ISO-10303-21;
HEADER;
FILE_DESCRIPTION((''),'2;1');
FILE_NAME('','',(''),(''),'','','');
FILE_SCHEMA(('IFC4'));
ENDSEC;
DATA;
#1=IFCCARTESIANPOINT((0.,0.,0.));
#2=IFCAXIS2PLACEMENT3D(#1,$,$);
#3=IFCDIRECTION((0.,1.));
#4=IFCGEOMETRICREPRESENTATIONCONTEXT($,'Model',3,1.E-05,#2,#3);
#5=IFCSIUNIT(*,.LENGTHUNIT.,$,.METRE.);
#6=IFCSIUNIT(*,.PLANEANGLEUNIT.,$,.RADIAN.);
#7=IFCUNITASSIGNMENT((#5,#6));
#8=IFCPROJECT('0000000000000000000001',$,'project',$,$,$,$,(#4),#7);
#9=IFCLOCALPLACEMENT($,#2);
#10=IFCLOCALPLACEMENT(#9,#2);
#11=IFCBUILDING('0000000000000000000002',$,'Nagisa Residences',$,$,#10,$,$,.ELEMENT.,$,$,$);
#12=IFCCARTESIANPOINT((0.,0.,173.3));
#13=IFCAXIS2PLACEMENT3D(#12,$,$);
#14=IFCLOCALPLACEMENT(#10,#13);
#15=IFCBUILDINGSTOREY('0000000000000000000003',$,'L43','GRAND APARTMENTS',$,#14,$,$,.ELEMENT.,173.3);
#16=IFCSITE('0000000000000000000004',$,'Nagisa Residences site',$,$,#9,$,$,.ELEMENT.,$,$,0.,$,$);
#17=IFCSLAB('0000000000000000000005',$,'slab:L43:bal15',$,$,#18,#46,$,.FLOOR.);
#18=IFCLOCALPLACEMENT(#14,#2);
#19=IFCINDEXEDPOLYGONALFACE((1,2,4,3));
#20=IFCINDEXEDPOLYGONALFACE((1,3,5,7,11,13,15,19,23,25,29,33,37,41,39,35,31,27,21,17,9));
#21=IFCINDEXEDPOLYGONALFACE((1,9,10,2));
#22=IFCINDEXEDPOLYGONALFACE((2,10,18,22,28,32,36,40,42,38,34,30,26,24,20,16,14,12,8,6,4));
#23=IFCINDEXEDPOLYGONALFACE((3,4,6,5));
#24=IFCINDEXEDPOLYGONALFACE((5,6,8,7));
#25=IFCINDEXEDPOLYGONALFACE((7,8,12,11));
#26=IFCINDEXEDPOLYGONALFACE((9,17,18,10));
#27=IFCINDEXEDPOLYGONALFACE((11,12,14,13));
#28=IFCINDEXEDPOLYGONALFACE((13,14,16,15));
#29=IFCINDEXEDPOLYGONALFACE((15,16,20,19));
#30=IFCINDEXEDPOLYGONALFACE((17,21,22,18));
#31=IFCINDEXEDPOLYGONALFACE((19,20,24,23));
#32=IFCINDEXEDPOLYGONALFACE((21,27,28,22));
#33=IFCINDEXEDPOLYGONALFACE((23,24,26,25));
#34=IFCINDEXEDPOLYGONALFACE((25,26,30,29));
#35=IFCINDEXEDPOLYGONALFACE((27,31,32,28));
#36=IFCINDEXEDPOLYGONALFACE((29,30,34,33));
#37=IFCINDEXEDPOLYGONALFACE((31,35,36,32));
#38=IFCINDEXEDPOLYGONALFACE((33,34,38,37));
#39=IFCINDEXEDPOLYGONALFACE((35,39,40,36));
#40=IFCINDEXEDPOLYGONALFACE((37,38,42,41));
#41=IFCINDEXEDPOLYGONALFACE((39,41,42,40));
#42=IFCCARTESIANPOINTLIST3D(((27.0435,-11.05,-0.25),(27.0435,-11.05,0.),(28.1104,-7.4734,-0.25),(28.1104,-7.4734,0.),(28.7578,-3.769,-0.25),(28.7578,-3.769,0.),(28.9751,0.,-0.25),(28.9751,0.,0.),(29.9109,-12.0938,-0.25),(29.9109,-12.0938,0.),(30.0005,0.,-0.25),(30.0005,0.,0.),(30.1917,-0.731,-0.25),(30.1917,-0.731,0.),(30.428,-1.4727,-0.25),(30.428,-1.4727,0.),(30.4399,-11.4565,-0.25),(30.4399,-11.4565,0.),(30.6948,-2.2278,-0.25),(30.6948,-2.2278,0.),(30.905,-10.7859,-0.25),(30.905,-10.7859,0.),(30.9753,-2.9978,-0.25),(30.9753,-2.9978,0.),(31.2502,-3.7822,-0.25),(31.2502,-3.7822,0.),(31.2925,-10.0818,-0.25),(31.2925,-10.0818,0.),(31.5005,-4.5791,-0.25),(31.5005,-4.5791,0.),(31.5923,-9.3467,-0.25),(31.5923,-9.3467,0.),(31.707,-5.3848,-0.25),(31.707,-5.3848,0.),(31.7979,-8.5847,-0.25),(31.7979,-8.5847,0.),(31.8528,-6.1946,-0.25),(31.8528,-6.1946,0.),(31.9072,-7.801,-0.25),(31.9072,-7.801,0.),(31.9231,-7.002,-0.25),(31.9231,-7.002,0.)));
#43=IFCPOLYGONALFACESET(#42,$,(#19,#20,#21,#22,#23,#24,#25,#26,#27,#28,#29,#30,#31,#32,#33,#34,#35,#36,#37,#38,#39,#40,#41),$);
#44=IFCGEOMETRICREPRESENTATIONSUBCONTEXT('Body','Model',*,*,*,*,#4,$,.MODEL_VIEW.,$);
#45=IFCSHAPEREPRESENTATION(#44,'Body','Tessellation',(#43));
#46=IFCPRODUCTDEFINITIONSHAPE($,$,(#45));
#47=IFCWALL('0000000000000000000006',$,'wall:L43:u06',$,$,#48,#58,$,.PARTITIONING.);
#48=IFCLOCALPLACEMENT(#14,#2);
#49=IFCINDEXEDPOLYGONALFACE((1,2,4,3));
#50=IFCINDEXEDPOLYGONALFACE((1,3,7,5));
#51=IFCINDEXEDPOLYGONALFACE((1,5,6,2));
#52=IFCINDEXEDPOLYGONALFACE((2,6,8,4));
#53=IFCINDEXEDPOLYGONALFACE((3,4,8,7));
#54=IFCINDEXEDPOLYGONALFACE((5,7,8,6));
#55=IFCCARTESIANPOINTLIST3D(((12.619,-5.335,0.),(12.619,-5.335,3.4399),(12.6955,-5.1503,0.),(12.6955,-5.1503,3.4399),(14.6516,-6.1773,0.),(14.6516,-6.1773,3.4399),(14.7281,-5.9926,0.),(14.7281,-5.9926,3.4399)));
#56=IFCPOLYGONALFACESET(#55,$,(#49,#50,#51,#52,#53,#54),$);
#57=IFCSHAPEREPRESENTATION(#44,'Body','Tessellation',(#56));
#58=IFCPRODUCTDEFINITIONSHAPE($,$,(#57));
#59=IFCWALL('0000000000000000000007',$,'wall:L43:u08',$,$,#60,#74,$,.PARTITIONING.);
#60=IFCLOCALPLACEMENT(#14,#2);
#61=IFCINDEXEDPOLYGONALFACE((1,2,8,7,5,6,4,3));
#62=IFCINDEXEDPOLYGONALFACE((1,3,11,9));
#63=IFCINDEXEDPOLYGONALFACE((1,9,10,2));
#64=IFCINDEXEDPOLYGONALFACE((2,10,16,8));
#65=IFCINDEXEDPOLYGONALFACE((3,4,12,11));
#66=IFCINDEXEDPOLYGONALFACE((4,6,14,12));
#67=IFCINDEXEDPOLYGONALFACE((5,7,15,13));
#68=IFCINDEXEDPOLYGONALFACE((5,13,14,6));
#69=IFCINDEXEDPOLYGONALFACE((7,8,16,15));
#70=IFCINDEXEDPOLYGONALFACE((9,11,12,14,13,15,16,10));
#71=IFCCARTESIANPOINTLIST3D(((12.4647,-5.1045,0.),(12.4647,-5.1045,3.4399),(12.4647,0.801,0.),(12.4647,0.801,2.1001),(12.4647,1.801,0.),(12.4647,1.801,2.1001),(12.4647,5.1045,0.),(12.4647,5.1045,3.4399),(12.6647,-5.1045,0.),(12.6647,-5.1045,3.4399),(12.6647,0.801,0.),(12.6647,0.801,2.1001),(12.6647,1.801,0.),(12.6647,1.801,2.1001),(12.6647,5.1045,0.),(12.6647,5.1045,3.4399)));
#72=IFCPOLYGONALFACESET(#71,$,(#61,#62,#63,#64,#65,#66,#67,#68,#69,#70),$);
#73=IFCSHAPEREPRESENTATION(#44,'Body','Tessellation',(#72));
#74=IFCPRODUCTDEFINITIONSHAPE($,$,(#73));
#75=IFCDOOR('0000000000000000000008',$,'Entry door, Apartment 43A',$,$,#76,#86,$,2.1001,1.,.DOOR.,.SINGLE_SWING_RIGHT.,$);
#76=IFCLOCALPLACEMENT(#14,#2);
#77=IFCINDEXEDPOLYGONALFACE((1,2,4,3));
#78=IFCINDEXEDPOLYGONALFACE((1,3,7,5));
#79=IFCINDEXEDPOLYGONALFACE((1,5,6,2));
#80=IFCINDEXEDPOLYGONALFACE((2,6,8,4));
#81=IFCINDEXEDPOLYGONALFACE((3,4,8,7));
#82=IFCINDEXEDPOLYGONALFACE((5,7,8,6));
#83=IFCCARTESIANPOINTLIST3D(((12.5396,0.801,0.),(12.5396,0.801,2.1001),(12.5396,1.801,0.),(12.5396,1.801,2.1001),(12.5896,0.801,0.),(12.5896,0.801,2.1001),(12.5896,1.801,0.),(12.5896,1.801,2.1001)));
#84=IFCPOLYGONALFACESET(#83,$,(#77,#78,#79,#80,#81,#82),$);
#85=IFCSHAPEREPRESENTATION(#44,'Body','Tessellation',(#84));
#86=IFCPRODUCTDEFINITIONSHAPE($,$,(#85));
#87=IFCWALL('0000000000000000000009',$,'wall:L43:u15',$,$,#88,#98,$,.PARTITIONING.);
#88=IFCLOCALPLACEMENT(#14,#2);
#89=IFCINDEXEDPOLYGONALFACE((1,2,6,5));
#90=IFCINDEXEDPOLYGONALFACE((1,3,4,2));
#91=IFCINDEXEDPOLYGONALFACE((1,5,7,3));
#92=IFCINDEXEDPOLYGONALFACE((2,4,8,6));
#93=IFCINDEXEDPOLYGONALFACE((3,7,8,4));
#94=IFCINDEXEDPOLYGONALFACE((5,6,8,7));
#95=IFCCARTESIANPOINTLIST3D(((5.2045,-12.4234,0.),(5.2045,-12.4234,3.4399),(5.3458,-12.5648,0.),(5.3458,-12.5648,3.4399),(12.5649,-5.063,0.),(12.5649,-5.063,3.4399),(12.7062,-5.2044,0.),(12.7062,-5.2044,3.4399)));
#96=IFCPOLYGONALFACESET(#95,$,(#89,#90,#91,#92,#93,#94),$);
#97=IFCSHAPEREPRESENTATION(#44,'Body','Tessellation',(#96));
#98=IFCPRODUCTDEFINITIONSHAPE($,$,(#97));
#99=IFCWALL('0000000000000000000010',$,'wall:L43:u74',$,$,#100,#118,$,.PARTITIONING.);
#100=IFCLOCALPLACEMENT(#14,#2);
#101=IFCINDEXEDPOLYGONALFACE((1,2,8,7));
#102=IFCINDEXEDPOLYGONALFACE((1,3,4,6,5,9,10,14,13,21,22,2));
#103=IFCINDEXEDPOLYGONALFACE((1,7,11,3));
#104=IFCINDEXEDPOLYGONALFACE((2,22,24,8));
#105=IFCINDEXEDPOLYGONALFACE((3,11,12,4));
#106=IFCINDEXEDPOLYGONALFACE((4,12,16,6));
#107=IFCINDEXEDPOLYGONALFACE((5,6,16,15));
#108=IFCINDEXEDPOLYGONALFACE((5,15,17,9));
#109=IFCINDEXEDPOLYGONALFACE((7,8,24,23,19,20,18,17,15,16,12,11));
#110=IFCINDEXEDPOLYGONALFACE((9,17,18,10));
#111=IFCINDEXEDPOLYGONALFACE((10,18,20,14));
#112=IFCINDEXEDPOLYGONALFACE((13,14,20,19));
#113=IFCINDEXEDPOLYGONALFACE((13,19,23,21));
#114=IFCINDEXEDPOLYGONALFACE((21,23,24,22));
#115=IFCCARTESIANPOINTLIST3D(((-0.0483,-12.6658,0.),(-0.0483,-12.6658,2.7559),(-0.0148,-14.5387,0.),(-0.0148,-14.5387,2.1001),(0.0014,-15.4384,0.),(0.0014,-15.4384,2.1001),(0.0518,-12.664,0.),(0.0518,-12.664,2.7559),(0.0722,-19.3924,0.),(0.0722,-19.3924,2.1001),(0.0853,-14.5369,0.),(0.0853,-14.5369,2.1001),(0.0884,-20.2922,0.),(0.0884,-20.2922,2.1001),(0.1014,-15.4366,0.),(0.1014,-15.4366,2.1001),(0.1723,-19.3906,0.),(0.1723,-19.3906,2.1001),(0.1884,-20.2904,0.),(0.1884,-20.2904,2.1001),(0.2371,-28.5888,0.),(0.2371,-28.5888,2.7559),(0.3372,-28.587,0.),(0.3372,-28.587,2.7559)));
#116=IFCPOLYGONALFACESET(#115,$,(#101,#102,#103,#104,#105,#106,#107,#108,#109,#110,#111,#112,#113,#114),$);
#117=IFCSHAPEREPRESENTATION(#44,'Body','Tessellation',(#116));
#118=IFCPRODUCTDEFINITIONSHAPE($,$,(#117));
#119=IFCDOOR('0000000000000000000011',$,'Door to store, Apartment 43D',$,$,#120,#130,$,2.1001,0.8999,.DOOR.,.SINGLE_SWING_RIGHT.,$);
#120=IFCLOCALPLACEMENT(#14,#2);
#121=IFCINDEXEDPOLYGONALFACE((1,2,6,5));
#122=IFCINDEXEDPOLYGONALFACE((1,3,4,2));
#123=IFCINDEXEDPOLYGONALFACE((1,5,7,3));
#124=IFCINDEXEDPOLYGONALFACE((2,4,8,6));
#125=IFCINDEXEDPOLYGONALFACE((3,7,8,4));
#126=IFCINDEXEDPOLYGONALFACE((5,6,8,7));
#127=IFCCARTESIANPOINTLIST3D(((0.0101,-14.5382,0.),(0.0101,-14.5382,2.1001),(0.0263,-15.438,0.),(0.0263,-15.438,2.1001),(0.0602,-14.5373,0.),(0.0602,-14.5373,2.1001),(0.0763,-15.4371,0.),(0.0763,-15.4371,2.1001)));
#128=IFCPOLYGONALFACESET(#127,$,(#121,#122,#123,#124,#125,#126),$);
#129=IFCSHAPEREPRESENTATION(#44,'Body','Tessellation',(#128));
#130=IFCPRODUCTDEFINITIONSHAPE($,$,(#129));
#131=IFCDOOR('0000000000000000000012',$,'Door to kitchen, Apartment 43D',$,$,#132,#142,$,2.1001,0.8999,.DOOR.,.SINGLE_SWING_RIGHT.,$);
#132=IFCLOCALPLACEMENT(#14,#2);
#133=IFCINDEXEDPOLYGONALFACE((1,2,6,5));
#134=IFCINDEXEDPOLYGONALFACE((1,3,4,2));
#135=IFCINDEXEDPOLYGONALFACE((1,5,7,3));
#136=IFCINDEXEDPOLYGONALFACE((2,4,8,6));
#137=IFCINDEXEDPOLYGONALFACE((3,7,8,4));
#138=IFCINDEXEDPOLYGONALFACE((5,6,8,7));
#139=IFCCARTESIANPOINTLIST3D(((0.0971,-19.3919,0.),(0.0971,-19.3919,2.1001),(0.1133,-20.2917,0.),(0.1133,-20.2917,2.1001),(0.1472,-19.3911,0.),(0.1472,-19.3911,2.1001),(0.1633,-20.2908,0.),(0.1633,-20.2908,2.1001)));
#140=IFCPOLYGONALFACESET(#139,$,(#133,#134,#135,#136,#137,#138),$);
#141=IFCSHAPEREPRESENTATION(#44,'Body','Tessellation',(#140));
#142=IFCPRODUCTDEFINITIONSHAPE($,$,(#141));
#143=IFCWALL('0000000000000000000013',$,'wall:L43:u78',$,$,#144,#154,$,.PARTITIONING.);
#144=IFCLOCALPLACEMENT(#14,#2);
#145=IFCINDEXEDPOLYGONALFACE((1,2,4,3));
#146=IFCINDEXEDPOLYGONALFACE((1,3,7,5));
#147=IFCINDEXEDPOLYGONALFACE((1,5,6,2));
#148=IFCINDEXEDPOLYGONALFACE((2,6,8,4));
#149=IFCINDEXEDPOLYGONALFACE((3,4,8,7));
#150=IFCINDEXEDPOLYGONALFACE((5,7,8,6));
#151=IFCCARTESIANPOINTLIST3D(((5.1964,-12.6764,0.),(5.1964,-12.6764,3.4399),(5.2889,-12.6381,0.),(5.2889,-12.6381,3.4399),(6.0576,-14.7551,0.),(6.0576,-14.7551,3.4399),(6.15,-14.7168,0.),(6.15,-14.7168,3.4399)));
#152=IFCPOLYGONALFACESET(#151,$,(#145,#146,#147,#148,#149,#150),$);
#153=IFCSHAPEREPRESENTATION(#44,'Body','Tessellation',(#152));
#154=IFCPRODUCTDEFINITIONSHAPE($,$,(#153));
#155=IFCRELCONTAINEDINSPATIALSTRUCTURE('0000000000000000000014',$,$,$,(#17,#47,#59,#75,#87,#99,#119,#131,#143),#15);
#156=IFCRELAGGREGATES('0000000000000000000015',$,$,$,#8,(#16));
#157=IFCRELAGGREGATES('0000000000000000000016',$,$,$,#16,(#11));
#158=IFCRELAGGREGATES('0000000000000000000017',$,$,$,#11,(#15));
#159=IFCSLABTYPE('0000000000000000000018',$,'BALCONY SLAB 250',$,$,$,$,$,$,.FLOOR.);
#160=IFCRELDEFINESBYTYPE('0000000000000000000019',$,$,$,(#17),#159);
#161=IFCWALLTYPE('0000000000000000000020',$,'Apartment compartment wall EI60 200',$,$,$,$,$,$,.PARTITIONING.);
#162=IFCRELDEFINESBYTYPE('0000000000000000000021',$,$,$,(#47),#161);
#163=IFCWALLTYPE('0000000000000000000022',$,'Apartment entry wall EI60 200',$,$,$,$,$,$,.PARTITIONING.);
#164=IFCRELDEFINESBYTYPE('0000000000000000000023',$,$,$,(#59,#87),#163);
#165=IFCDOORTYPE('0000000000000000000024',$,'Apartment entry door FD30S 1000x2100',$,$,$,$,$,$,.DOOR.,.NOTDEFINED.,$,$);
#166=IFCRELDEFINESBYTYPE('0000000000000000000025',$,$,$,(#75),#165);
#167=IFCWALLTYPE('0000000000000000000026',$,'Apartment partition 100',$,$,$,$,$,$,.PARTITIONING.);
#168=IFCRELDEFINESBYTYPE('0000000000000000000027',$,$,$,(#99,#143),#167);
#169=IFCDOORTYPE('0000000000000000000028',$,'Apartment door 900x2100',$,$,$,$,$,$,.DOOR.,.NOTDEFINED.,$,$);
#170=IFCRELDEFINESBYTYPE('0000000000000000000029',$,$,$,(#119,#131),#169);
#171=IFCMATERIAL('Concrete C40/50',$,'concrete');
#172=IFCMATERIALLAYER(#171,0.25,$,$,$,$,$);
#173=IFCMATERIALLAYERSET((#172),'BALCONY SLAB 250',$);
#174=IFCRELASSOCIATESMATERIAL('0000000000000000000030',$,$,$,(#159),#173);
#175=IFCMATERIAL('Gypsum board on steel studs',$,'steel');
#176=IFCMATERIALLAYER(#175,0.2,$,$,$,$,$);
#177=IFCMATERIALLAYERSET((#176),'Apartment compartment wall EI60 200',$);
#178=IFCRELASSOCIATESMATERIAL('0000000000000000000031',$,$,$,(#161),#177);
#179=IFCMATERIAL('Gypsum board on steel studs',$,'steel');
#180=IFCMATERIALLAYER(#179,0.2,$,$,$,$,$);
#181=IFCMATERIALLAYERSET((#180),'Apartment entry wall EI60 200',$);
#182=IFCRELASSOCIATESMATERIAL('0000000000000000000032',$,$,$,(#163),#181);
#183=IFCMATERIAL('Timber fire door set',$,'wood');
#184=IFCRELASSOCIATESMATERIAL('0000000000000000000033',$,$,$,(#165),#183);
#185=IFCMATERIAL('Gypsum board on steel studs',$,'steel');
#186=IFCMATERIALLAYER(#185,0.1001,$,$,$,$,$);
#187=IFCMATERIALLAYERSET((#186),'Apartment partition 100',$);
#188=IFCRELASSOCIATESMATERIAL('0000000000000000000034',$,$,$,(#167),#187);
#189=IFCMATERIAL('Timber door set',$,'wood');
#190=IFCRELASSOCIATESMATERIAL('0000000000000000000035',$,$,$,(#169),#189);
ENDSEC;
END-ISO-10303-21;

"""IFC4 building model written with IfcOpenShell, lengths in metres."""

from ifc_helpers import new_model, si_unit, direction, frame, frame_2d, origin, place, context, subcontext, project, spatial, polyline, rectangle, outline, extrude, material, layer, layer_set, type_object, element, fill, save


model = new_model("IFC4")

# Units and contexts
model_context = context("Model", 3, precision=1e-05, world=origin(), true_north=direction((0.0, 1.0)))
body_context = subcontext(model_context, "Body", "Model", "MODEL_VIEW")
ifc_project = project(units=[si_unit("LENGTHUNIT", "METRE"), si_unit("PLANEANGLEUNIT", "RADIAN")], contexts=[model_context])

# Site, building, storey
site_placement = place(None, origin())
site = spatial("IfcSite", under=ifc_project, at=site_placement, Name="Nagisa Residences site", CompositionType="ELEMENT", RefElevation=0.0)
building_placement = place(site_placement, origin())
building = spatial("IfcBuilding", under=site, at=building_placement, Name="Nagisa Residences", CompositionType="ELEMENT")
storey_placement = place(building_placement, frame((0.0, 0.0, 173.3)))
storey = spatial("IfcBuildingStorey", under=building, at=storey_placement, Name="L43", Description="GRAND APARTMENTS", CompositionType="ELEMENT", Elevation=173.3)

# Slab
ifc_material_1 = material(Name="Concrete C40/50", Category="concrete")
ifc_layer_1 = layer(ifc_material_1, 0.25)
ifc_layer_set_1 = layer_set([ifc_layer_1], Name="BALCONY SLAB 250")
slab_type = type_object("IfcSlabType", Name="BALCONY SLAB 250", PredefinedType="FLOOR", material=ifc_layer_set_1)
slab_1_placement = place(storey_placement, frame((0.0, 0.0, -0.25)))
element("IfcSlab", 1, at=slab_1_placement, inside=storey, type_object=slab_type, Name="slab:L43:bal15", PredefinedType="FLOOR", context=body_context, shape_type="SweptSolid", body=[
    extrude(outline(polyline([(29.9109, -12.0938), (30.4399, -11.4565), (30.905, -10.7859), (31.2925, -10.0818), (31.5923, -9.3467), (31.7979, -8.5847), (31.9072, -7.801), (31.9231, -7.002), (31.8528, -6.1946), (31.707, -5.3848), (31.5005, -4.5791), (31.2502, -3.7822), (30.9753, -2.9978), (30.6948, -2.2278), (30.428, -1.4727), (30.1917, -0.731), (30.0005, 0.0), (28.9751, 0.0), (28.7578, -3.769), (28.1104, -7.4734), (27.0435, -11.05), (29.9109, -12.0938)])), origin(), (0.0, 0.0, 1.0), 0.25),
])

# Wall
ifc_material_2 = material(Name="Gypsum board on steel studs", Category="steel")
ifc_layer_2 = layer(ifc_material_2, 0.2)
ifc_layer_set_2 = layer_set([ifc_layer_2], Name="Apartment compartment wall EI60 200")
wall_type_1 = type_object("IfcWallType", Name="Apartment compartment wall EI60 200", PredefinedType="PARTITIONING", material=ifc_layer_set_2)
wall_1_placement = place(storey_placement, frame((12.6572, -5.2427, 0.0), z_axis=(0.0, 0.0, 1.0), x_axis=(0.92383, -0.382803, 0.0)))
element("IfcWall", 2, at=wall_1_placement, inside=storey, type_object=wall_type_1, Name="wall:L43:u06", PredefinedType="PARTITIONING", context=body_context, shape_type="SweptSolid", body=[
    extrude(rectangle(XDim=2.2002, YDim=0.2, at=frame_2d((1.1001, 0.0))), origin(), (0.0, 0.0, 1.0), 3.4399),
])

# Wall, opening, door
ifc_material_3 = material(Name="Gypsum board on steel studs", Category="steel")
ifc_layer_3 = layer(ifc_material_3, 0.2)
ifc_layer_set_3 = layer_set([ifc_layer_3], Name="Apartment entry wall EI60 200")
wall_type_2 = type_object("IfcWallType", Name="Apartment entry wall EI60 200", PredefinedType="PARTITIONING", material=ifc_layer_set_3)
wall_2_placement = place(storey_placement, frame((12.5647, -5.1045, 0.0), z_axis=(0.0, 0.0, 1.0), x_axis=(0.0, 1.0, 0.0)))
wall_2 = element("IfcWall", 3, at=wall_2_placement, inside=storey, type_object=wall_type_2, Name="wall:L43:u08", PredefinedType="PARTITIONING", context=body_context, shape_type="SweptSolid", body=[
    extrude(rectangle(XDim=10.209, YDim=0.2, at=frame_2d((5.1045, 0.0))), origin(), (0.0, 0.0, 1.0), 3.4399),
])
opening_1_placement = place(wall_2_placement, frame((5.9055, 0.0, 0.0)))
opening_1 = element("IfcOpeningElement", 4, at=opening_1_placement, cuts=wall_2, PredefinedType="OPENING", context=body_context, shape_type="SweptSolid", body=[
    extrude(rectangle(XDim=1.0, YDim=2.1001, at=frame_2d((0.5, 1.05))), frame((0.0, 0.1099, 0.0), z_axis=(0.0, -1.0, 0.0), x_axis=(1.0, 0.0, 0.0)), (0.0, 0.0, 1.0), 0.22),
])
ifc_material_4 = material(Name="Timber fire door set", Category="wood")
door_type_1 = type_object("IfcDoorType", Name="Apartment entry door FD30S 1000x2100", OperationType="NOTDEFINED", PredefinedType="DOOR", material=ifc_material_4)
door_1_placement = place(opening_1_placement, frame((1.0, 0.0, 0.0), x_axis=(-1.0, 0.0, 0.0)))
door_1 = element("IfcDoor", 5, at=door_1_placement, inside=storey, type_object=door_type_1, Name="Entry door, Apartment 43A", OperationType="SINGLE_SWING_RIGHT", OverallHeight=2.1001, OverallWidth=1.0, PredefinedType="DOOR", context=body_context, shape_type="SweptSolid", body=[
    extrude(rectangle(XDim=1.0, YDim=2.1001, at=frame_2d((0.5, 1.05))), frame((0.0, 0.0249, 0.0), z_axis=(0.0, -1.0, 0.0), x_axis=(1.0, 0.0, 0.0)), (0.0, 0.0, 1.0), 0.05),
])
fill(opening_1, door_1)

# Wall
wall_3_placement = place(storey_placement, frame((5.2751, -12.4941, 0.0), z_axis=(0.0, 0.0, 1.0), x_axis=(0.707107, 0.707107, 0.0)))
element("IfcWall", 6, at=wall_3_placement, inside=storey, type_object=wall_type_2, Name="wall:L43:u15", PredefinedType="PARTITIONING", context=body_context, shape_type="SweptSolid", body=[
    extrude(rectangle(XDim=10.4092, YDim=0.2, at=frame_2d((5.2046, 0.0))), origin(), (0.0, 0.0, 1.0), 3.4399),
])

# Wall, openings, doors
ifc_material_5 = material(Name="Gypsum board on steel studs", Category="steel")
ifc_layer_4 = layer(ifc_material_5, 0.1001)
ifc_layer_set_4 = layer_set([ifc_layer_4], Name="Apartment partition 100")
wall_type_3 = type_object("IfcWallType", Name="Apartment partition 100", PredefinedType="PARTITIONING", material=ifc_layer_set_4)
wall_4_placement = place(storey_placement, frame((0.0017, -12.6648, 0.0), z_axis=(0.0, 0.0, 1.0), x_axis=(0.017921, -0.999839, 0.0)))
wall_4 = element("IfcWall", 7, at=wall_4_placement, inside=storey, type_object=wall_type_3, Name="wall:L43:u74", PredefinedType="PARTITIONING", context=body_context, shape_type="SweptSolid", body=[
    extrude(rectangle(XDim=15.9255, YDim=0.1001, at=frame_2d((7.9629, 0.0))), origin(), (0.0, 0.0, 1.0), 2.7559),
])
opening_2_placement = place(wall_4_placement, frame((1.8733, 0.0, 0.0)))
opening_2 = element("IfcOpeningElement", 8, at=opening_2_placement, cuts=wall_4, PredefinedType="OPENING", context=body_context, shape_type="SweptSolid", body=[
    extrude(rectangle(XDim=0.8999, YDim=2.1001, at=frame_2d((0.45, 1.05))), frame((0.0, 0.0601, 0.0), z_axis=(0.0, -1.0, 0.0), x_axis=(1.0, 0.0, 0.0)), (0.0, 0.0, 1.0), 0.1201),
])
opening_3_placement = place(wall_4_placement, frame((6.7278, 0.0, 0.0)))
opening_3 = element("IfcOpeningElement", 9, at=opening_3_placement, cuts=wall_4, PredefinedType="OPENING", context=body_context, shape_type="SweptSolid", body=[
    extrude(rectangle(XDim=0.8999, YDim=2.1001, at=frame_2d((0.45, 1.05))), frame((0.0, 0.0601, 0.0), z_axis=(0.0, -1.0, 0.0), x_axis=(1.0, 0.0, 0.0)), (0.0, 0.0, 1.0), 0.1201),
])
ifc_material_6 = material(Name="Timber door set", Category="wood")
door_type_2 = type_object("IfcDoorType", Name="Apartment door 900x2100", OperationType="NOTDEFINED", PredefinedType="DOOR", material=ifc_material_6)
door_2_placement = place(opening_2_placement, origin())
door_2 = element("IfcDoor", 10, at=door_2_placement, inside=storey, type_object=door_type_2, Name="Door to store, Apartment 43D", OperationType="SINGLE_SWING_RIGHT", OverallHeight=2.1001, OverallWidth=0.8999, PredefinedType="DOOR", context=body_context, shape_type="SweptSolid", body=[
    extrude(rectangle(XDim=0.8999, YDim=2.1001, at=frame_2d((0.45, 1.05))), frame((0.0, 0.0249, 0.0), z_axis=(0.0, -1.0, 0.0), x_axis=(1.0, 0.0, 0.0)), (0.0, 0.0, 1.0), 0.05),
])
fill(opening_2, door_2)
door_3_placement = place(opening_3_placement, origin())
door_3 = element("IfcDoor", 11, at=door_3_placement, inside=storey, type_object=door_type_2, Name="Door to kitchen, Apartment 43D", OperationType="SINGLE_SWING_RIGHT", OverallHeight=2.1001, OverallWidth=0.8999, PredefinedType="DOOR", context=body_context, shape_type="SweptSolid", body=[
    extrude(rectangle(XDim=0.8999, YDim=2.1001, at=frame_2d((0.45, 1.05))), frame((0.0, 0.0249, 0.0), z_axis=(0.0, -1.0, 0.0), x_axis=(1.0, 0.0, 0.0)), (0.0, 0.0, 1.0), 0.05),
])
fill(opening_3, door_3)

# Wall
wall_5_placement = place(storey_placement, frame((5.2427, -12.6572, 0.0), z_axis=(0.0, 0.0, 1.0), x_axis=(0.382719, -0.923865, 0.0)))
element("IfcWall", 12, at=wall_5_placement, inside=storey, type_object=wall_type_3, Name="wall:L43:u78", PredefinedType="PARTITIONING", context=body_context, shape_type="SweptSolid", body=[
    extrude(rectangle(XDim=2.25, YDim=0.1001, at=frame_2d((1.125, 0.0))), origin(), (0.0, 0.0, 1.0), 3.4399),
])

save(model, "model.ifc")
